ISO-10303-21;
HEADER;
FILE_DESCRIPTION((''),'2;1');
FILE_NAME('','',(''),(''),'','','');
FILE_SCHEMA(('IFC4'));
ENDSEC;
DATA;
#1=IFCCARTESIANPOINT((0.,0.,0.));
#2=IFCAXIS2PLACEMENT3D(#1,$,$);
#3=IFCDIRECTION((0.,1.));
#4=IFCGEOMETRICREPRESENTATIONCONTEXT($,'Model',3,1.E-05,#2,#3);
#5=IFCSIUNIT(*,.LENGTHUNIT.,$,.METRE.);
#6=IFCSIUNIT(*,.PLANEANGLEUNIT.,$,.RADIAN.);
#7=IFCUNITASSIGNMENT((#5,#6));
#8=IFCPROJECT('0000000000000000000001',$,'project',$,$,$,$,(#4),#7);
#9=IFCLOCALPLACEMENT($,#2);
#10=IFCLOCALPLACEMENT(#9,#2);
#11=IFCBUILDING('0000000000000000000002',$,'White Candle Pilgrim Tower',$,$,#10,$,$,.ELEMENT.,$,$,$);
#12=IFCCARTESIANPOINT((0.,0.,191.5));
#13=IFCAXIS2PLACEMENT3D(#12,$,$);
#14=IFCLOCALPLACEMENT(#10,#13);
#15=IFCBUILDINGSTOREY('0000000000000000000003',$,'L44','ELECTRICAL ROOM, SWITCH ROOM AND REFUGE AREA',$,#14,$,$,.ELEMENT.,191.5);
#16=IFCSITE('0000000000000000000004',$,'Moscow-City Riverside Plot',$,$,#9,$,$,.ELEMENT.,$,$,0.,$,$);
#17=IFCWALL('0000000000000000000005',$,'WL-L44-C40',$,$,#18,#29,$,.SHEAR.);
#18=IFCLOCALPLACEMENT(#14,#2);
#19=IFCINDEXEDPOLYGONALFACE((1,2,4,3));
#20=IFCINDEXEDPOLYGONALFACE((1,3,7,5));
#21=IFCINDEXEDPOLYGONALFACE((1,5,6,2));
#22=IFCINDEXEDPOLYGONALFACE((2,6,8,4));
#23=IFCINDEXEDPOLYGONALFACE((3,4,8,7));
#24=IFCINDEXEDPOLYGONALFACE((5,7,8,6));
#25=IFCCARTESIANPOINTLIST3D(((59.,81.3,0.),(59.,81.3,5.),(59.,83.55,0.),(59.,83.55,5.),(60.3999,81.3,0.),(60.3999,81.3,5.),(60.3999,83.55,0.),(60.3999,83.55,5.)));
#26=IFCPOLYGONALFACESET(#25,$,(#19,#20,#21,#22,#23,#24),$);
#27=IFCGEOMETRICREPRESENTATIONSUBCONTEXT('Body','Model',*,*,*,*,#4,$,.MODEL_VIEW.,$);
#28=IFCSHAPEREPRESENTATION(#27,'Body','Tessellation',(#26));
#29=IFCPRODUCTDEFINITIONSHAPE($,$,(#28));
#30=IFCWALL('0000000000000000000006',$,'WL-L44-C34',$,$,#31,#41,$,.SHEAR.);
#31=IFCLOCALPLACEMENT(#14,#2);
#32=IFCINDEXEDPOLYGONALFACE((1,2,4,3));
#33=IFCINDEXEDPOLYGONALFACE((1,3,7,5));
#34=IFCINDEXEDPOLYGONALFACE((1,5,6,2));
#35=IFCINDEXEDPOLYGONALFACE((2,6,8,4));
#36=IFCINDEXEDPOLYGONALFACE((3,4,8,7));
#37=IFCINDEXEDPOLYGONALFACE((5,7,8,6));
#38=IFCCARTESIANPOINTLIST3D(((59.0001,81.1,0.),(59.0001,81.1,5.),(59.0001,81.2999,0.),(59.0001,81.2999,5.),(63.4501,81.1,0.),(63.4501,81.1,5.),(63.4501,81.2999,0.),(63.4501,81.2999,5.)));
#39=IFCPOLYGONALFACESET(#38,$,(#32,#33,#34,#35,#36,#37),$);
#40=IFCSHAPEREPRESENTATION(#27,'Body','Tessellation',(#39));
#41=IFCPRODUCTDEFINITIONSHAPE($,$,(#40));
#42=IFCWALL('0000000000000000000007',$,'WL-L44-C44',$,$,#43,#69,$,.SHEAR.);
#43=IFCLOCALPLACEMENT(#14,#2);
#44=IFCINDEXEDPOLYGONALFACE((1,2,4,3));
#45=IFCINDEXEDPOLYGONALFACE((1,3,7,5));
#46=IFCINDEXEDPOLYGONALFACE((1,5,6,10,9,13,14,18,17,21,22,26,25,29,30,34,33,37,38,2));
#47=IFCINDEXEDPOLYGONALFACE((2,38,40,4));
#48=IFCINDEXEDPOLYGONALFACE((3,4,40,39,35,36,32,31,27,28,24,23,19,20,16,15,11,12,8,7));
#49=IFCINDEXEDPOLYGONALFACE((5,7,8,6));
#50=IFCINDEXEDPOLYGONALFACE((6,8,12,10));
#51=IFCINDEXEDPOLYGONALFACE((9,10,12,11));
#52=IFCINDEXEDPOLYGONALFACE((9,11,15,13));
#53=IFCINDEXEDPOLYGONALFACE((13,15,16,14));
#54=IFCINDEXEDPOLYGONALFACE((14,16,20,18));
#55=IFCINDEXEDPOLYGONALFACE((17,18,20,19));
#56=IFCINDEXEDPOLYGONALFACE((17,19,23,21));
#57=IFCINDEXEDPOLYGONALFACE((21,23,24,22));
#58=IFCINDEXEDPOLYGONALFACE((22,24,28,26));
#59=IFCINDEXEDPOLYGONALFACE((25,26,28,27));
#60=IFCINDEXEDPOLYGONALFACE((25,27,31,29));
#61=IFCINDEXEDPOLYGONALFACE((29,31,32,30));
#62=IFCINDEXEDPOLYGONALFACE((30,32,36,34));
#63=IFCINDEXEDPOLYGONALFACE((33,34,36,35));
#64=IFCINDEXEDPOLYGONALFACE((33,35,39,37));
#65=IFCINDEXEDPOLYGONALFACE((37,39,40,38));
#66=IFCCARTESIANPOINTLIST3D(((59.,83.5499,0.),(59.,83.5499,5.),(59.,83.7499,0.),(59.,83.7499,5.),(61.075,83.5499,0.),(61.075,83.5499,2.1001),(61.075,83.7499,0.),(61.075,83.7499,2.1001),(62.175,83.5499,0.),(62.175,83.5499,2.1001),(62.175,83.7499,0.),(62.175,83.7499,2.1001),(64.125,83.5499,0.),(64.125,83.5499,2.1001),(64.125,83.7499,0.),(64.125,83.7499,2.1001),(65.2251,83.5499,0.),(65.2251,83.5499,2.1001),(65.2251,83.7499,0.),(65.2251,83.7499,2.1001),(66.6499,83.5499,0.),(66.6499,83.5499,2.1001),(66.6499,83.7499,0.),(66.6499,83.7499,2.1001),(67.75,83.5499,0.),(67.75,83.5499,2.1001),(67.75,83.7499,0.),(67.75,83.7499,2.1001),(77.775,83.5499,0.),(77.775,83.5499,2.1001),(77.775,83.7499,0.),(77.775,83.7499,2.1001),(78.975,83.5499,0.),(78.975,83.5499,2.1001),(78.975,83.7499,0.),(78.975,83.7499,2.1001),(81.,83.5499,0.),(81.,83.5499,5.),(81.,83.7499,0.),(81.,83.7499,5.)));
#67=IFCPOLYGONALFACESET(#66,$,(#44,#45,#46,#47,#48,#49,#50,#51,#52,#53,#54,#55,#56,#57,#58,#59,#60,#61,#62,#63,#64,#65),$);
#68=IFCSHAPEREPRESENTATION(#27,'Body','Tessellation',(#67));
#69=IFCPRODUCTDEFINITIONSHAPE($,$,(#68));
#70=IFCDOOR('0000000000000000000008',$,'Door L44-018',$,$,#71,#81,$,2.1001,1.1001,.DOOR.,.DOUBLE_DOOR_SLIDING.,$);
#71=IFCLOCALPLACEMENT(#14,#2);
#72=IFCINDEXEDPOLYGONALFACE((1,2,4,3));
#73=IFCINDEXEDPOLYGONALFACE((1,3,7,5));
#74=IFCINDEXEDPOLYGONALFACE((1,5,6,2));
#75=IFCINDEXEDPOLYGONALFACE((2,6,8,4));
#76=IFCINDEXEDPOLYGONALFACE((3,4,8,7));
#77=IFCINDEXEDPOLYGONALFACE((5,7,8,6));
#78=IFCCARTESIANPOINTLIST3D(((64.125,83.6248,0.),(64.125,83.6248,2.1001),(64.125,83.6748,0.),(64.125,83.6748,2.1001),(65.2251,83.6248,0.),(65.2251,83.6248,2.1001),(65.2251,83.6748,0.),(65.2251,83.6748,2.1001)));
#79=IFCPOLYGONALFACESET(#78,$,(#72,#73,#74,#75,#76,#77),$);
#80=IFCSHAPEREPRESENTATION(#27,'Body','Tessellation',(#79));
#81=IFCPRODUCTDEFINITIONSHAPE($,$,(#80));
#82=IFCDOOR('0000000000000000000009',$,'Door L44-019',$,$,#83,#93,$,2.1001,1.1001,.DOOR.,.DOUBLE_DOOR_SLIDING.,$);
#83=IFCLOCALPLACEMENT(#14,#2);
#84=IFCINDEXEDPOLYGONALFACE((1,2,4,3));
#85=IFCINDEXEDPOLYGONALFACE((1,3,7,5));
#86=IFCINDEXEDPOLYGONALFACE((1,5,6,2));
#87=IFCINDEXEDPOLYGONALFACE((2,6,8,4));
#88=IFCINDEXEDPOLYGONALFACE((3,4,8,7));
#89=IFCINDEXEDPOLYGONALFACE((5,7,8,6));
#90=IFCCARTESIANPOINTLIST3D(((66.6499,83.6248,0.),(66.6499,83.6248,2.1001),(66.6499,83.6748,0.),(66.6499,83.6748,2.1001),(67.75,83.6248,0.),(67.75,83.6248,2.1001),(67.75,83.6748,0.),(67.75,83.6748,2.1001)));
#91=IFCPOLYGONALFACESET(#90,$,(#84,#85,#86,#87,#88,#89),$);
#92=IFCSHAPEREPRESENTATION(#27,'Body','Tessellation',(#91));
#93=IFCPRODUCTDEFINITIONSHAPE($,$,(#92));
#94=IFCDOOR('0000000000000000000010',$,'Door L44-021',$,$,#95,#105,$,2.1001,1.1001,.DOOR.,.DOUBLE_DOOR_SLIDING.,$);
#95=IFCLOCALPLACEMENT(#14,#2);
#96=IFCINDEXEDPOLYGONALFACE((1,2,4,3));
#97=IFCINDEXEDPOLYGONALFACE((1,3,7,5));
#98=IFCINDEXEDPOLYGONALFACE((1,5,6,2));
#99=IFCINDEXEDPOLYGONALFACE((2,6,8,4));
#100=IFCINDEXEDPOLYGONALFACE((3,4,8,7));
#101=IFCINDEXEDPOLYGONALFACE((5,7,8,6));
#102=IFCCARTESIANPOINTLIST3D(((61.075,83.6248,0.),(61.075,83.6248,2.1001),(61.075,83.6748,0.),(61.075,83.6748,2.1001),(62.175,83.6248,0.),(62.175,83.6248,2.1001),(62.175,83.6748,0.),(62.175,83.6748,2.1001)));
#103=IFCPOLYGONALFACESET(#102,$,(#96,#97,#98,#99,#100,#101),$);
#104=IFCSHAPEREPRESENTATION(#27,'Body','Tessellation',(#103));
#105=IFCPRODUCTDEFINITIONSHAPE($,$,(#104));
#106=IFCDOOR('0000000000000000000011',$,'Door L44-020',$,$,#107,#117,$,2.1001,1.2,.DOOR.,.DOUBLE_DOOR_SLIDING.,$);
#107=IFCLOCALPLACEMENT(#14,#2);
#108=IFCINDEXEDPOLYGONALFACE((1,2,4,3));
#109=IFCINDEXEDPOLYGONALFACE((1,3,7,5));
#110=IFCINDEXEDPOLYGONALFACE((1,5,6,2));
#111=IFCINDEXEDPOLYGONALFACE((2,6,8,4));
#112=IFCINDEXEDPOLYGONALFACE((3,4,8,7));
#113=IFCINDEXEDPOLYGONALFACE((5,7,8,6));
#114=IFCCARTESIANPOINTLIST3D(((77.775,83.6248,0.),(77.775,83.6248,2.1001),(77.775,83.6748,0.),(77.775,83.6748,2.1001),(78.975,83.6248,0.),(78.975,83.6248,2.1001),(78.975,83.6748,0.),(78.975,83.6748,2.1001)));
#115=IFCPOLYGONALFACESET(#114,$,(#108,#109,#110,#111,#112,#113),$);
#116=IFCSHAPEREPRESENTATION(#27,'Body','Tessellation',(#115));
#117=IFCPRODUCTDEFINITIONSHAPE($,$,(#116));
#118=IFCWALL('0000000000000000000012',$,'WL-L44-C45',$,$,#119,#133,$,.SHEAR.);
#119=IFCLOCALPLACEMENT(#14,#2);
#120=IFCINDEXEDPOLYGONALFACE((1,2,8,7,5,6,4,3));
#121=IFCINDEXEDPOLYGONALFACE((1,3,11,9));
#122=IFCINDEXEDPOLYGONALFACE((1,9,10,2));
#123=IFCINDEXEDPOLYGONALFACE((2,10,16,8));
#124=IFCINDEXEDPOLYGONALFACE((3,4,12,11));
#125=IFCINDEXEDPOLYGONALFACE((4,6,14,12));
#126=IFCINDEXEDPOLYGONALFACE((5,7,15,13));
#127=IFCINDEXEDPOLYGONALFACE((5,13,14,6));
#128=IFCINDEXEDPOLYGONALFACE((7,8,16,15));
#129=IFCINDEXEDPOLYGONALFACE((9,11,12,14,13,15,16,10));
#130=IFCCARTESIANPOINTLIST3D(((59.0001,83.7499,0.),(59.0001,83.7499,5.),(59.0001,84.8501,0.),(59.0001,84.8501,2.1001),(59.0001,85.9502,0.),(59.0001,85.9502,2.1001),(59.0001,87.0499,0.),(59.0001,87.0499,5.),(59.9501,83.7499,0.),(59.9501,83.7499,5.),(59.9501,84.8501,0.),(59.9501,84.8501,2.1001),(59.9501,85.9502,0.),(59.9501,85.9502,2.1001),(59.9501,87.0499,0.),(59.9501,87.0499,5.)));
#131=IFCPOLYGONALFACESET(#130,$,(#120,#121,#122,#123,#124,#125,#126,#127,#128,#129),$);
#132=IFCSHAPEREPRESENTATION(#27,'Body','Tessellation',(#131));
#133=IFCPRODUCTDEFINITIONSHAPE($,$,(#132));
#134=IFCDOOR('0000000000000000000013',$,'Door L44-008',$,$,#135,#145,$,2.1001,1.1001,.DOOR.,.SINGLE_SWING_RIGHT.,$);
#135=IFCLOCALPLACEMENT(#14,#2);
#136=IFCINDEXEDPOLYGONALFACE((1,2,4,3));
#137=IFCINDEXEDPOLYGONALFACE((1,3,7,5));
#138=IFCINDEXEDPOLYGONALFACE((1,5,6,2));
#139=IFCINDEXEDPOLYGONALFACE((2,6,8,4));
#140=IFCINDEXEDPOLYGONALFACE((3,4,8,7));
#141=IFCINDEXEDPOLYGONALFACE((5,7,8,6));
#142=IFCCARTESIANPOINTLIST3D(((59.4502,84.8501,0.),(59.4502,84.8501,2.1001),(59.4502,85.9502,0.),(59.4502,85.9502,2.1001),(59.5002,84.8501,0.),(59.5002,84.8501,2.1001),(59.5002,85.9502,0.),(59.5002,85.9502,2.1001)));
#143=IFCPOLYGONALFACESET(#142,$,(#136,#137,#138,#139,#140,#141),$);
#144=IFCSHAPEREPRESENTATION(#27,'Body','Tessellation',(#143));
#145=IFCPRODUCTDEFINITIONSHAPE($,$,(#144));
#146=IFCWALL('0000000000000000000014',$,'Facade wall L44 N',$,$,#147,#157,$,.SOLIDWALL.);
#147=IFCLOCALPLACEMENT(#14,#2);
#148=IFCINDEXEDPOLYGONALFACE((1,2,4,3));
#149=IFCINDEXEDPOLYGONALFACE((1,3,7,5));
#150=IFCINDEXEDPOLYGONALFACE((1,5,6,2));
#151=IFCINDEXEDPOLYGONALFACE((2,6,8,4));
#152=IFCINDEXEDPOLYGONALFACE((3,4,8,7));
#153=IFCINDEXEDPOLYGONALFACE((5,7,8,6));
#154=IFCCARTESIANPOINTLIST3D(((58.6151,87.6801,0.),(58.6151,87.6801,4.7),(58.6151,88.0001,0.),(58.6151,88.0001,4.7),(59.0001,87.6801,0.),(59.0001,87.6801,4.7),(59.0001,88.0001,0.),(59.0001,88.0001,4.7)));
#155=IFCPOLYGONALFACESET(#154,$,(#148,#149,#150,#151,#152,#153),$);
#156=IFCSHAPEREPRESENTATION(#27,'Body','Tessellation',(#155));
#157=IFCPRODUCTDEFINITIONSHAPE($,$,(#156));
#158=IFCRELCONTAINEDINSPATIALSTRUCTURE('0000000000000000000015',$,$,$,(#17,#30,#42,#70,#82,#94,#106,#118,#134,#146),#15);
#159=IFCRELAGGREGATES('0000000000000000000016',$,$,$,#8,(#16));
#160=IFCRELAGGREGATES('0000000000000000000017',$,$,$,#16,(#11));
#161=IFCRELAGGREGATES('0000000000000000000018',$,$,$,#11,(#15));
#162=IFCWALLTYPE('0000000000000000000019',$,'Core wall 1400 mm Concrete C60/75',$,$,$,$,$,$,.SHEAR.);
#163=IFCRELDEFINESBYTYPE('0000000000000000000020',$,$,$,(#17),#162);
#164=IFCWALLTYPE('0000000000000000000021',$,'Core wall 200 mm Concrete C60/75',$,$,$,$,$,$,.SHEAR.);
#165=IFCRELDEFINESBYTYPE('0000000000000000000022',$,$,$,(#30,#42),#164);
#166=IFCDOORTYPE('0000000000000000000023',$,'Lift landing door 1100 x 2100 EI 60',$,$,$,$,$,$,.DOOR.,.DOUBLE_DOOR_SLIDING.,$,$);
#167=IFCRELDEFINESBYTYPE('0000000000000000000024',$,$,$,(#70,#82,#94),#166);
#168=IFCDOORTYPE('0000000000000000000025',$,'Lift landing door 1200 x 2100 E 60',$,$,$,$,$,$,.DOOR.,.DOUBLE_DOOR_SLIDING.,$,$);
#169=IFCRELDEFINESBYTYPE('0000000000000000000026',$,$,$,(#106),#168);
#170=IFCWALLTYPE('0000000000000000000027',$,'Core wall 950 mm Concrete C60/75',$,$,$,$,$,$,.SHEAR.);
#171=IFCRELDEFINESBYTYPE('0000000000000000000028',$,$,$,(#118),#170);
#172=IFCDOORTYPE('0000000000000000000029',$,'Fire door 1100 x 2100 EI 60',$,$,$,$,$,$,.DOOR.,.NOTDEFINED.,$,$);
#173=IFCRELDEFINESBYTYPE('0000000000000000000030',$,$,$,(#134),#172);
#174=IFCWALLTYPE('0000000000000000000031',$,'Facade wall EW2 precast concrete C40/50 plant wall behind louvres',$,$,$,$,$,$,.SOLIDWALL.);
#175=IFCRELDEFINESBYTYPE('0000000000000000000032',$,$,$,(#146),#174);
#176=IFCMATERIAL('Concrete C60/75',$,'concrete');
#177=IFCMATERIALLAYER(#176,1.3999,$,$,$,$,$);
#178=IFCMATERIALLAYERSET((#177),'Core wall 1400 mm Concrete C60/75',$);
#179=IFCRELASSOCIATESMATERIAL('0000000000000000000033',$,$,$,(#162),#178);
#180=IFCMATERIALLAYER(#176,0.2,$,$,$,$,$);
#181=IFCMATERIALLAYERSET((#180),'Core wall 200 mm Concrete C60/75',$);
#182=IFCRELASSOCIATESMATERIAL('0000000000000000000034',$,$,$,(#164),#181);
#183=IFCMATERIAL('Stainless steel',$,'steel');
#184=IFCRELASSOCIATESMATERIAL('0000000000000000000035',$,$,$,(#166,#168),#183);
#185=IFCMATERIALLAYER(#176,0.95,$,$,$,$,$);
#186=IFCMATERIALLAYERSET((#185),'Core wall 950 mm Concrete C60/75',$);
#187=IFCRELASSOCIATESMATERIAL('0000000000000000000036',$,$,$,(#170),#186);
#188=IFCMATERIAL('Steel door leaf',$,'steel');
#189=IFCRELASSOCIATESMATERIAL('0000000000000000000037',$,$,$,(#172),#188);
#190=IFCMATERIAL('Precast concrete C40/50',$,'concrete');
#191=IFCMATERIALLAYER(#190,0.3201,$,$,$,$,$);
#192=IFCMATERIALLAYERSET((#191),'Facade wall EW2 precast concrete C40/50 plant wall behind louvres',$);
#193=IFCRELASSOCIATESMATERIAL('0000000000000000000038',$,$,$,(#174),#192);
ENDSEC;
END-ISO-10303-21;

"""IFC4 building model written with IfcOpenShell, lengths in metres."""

from ifc_helpers import new_model, si_unit, direction, frame, frame_2d, origin, place, context, subcontext, project, spatial, rectangle, extrude, material, layer, layer_set, type_object, element, fill, save


model = new_model("IFC4")

# Units and contexts
model_context = context("Model", 3, precision=1e-05, world=origin(), true_north=direction((0.0, 1.0)))
body_context = subcontext(model_context, "Body", "Model", "MODEL_VIEW")
ifc_project = project(units=[si_unit("LENGTHUNIT", "METRE"), si_unit("PLANEANGLEUNIT", "RADIAN")], contexts=[model_context])

# Site, building, storey
site_placement = place(None, origin())
site = spatial("IfcSite", under=ifc_project, at=site_placement, Name="Moscow-City Riverside Plot", CompositionType="ELEMENT", RefElevation=0.0)
building_placement = place(site_placement, origin())
building = spatial("IfcBuilding", under=site, at=building_placement, Name="White Candle Pilgrim Tower", CompositionType="ELEMENT")
storey_placement = place(building_placement, frame((0.0, 0.0, 191.5)))
storey = spatial("IfcBuildingStorey", under=building, at=storey_placement, Name="L44", Description="ELECTRICAL ROOM, SWITCH ROOM AND REFUGE AREA", CompositionType="ELEMENT", Elevation=191.5)

# Walls
ifc_material_1 = material(Name="Concrete C60/75", Category="concrete")
ifc_layer_1 = layer(ifc_material_1, 1.3999)
ifc_layer_set_1 = layer_set([ifc_layer_1], Name="Core wall 1400 mm Concrete C60/75")
wall_type_1 = type_object("IfcWallType", Name="Core wall 1400 mm Concrete C60/75", PredefinedType="SHEAR", material=ifc_layer_set_1)
wall_1_placement = place(storey_placement, frame((59.7, 81.3, 0.0), z_axis=(0.0, 0.0, 1.0), x_axis=(0.0, 1.0, 0.0)))
element("IfcWall", 1, at=wall_1_placement, inside=storey, type_object=wall_type_1, Name="WL-L44-C40", PredefinedType="SHEAR", context=body_context, shape_type="SweptSolid", body=[
    extrude(rectangle(XDim=2.25, YDim=1.3999, at=frame_2d((1.125, 0.0))), origin(), (0.0, 0.0, 1.0), 5.0),
])
ifc_layer_2 = layer(ifc_material_1, 0.2)
ifc_layer_set_2 = layer_set([ifc_layer_2], Name="Core wall 200 mm Concrete C60/75")
wall_type_2 = type_object("IfcWallType", Name="Core wall 200 mm Concrete C60/75", PredefinedType="SHEAR", material=ifc_layer_set_2)
wall_2_placement = place(storey_placement, frame((59.0, 81.2, 0.0), z_axis=(0.0, 0.0, 1.0), x_axis=(1.0, 0.0, 0.0)))
element("IfcWall", 2, at=wall_2_placement, inside=storey, type_object=wall_type_2, Name="WL-L44-C34", PredefinedType="SHEAR", context=body_context, shape_type="SweptSolid", body=[
    extrude(rectangle(XDim=4.45, YDim=0.2, at=frame_2d((2.2251, 0.0))), origin(), (0.0, 0.0, 1.0), 5.0),
])

# Wall, openings, doors
wall_3_placement = place(storey_placement, frame((59.0, 83.6499, 0.0), z_axis=(0.0, 0.0, 1.0), x_axis=(1.0, 0.0, 0.0)))
wall_3 = element("IfcWall", 3, at=wall_3_placement, inside=storey, type_object=wall_type_2, Name="WL-L44-C44", PredefinedType="SHEAR", context=body_context, shape_type="SweptSolid", body=[
    extrude(rectangle(XDim=22.0, YDim=0.2, at=frame_2d((11.0, 0.0))), origin(), (0.0, 0.0, 1.0), 5.0),
])
opening_1_placement = place(wall_3_placement, frame((5.125, 0.0, 0.0)))
opening_1 = element("IfcOpeningElement", 4, at=opening_1_placement, cuts=wall_3, PredefinedType="OPENING", context=body_context, shape_type="SweptSolid", body=[
    extrude(rectangle(XDim=1.1001, YDim=2.1001, at=frame_2d((0.55, 1.05))), frame((0.0, 0.1099, 0.0), z_axis=(0.0, -1.0, 0.0), x_axis=(1.0, 0.0, 0.0)), (0.0, 0.0, 1.0), 0.22),
])
opening_2_placement = place(wall_3_placement, frame((7.6499, 0.0, 0.0)))
opening_2 = element("IfcOpeningElement", 5, at=opening_2_placement, cuts=wall_3, PredefinedType="OPENING", context=body_context, shape_type="SweptSolid", body=[
    extrude(rectangle(XDim=1.1001, YDim=2.1001, at=frame_2d((0.55, 1.05))), frame((0.0, 0.1099, 0.0), z_axis=(0.0, -1.0, 0.0), x_axis=(1.0, 0.0, 0.0)), (0.0, 0.0, 1.0), 0.22),
])
opening_3_placement = place(wall_3_placement, frame((18.7749, 0.0, 0.0)))
opening_3 = element("IfcOpeningElement", 6, at=opening_3_placement, cuts=wall_3, PredefinedType="OPENING", context=body_context, shape_type="SweptSolid", body=[
    extrude(rectangle(XDim=1.2, YDim=2.1001, at=frame_2d((0.6001, 1.05))), frame((0.0, 0.1099, 0.0), z_axis=(0.0, -1.0, 0.0), x_axis=(1.0, 0.0, 0.0)), (0.0, 0.0, 1.0), 0.22),
])
opening_4_placement = place(wall_3_placement, frame((2.075, 0.0, 0.0)))
opening_4 = element("IfcOpeningElement", 7, at=opening_4_placement, cuts=wall_3, PredefinedType="OPENING", context=body_context, shape_type="SweptSolid", body=[
    extrude(rectangle(XDim=1.1001, YDim=2.1001, at=frame_2d((0.55, 1.05))), frame((0.0, 0.1099, 0.0), z_axis=(0.0, -1.0, 0.0), x_axis=(1.0, 0.0, 0.0)), (0.0, 0.0, 1.0), 0.22),
])
ifc_material_2 = material(Name="Stainless steel", Category="steel")
door_type_1 = type_object("IfcDoorType", Name="Lift landing door 1100 x 2100 EI 60", OperationType="DOUBLE_DOOR_SLIDING", PredefinedType="DOOR", material=ifc_material_2)
door_1_placement = place(opening_1_placement, origin())
door_1 = element("IfcDoor", 8, at=door_1_placement, inside=storey, type_object=door_type_1, Name="Door L44-018", OperationType="DOUBLE_DOOR_SLIDING", OverallHeight=2.1001, OverallWidth=1.1001, PredefinedType="DOOR", context=body_context, shape_type="SweptSolid", body=[
    extrude(rectangle(XDim=1.1001, YDim=2.1001, at=frame_2d((0.55, 1.05))), frame((0.0, 0.0249, 0.0), z_axis=(0.0, -1.0, 0.0), x_axis=(1.0, 0.0, 0.0)), (0.0, 0.0, 1.0), 0.05),
])
fill(opening_1, door_1)
door_2_placement = place(opening_2_placement, origin())
door_2 = element("IfcDoor", 9, at=door_2_placement, inside=storey, type_object=door_type_1, Name="Door L44-019", OperationType="DOUBLE_DOOR_SLIDING", OverallHeight=2.1001, OverallWidth=1.1001, PredefinedType="DOOR", context=body_context, shape_type="SweptSolid", body=[
    extrude(rectangle(XDim=1.1001, YDim=2.1001, at=frame_2d((0.55, 1.05))), frame((0.0, 0.0249, 0.0), z_axis=(0.0, -1.0, 0.0), x_axis=(1.0, 0.0, 0.0)), (0.0, 0.0, 1.0), 0.05),
])
fill(opening_2, door_2)
door_3_placement = place(opening_4_placement, origin())
door_3 = element("IfcDoor", 10, at=door_3_placement, inside=storey, type_object=door_type_1, Name="Door L44-021", OperationType="DOUBLE_DOOR_SLIDING", OverallHeight=2.1001, OverallWidth=1.1001, PredefinedType="DOOR", context=body_context, shape_type="SweptSolid", body=[
    extrude(rectangle(XDim=1.1001, YDim=2.1001, at=frame_2d((0.55, 1.05))), frame((0.0, 0.0249, 0.0), z_axis=(0.0, -1.0, 0.0), x_axis=(1.0, 0.0, 0.0)), (0.0, 0.0, 1.0), 0.05),
])
fill(opening_4, door_3)
door_type_2 = type_object("IfcDoorType", Name="Lift landing door 1200 x 2100 E 60", OperationType="DOUBLE_DOOR_SLIDING", PredefinedType="DOOR", material=ifc_material_2)
door_4_placement = place(opening_3_placement, origin())
door_4 = element("IfcDoor", 11, at=door_4_placement, inside=storey, type_object=door_type_2, Name="Door L44-020", OperationType="DOUBLE_DOOR_SLIDING", OverallHeight=2.1001, OverallWidth=1.2, PredefinedType="DOOR", context=body_context, shape_type="SweptSolid", body=[
    extrude(rectangle(XDim=1.2, YDim=2.1001, at=frame_2d((0.6001, 1.05))), frame((0.0, 0.0249, 0.0), z_axis=(0.0, -1.0, 0.0), x_axis=(1.0, 0.0, 0.0)), (0.0, 0.0, 1.0), 0.05),
])
fill(opening_3, door_4)

# Wall, opening, door
ifc_layer_3 = layer(ifc_material_1, 0.95)
ifc_layer_set_3 = layer_set([ifc_layer_3], Name="Core wall 950 mm Concrete C60/75")
wall_type_3 = type_object("IfcWallType", Name="Core wall 950 mm Concrete C60/75", PredefinedType="SHEAR", material=ifc_layer_set_3)
wall_4_placement = place(storey_placement, frame((59.4751, 83.75, 0.0), z_axis=(0.0, 0.0, 1.0), x_axis=(0.0, 1.0, 0.0)))
wall_4 = element("IfcWall", 12, at=wall_4_placement, inside=storey, type_object=wall_type_3, Name="WL-L44-C45", PredefinedType="SHEAR", context=body_context, shape_type="SweptSolid", body=[
    extrude(rectangle(XDim=3.3, YDim=0.95, at=frame_2d((1.6499, 0.0))), origin(), (0.0, 0.0, 1.0), 5.0),
])
opening_5_placement = place(wall_4_placement, frame((1.1001, 0.0, 0.0)))
opening_5 = element("IfcOpeningElement", 13, at=opening_5_placement, cuts=wall_4, PredefinedType="OPENING", context=body_context, shape_type="SweptSolid", body=[
    extrude(rectangle(XDim=1.1001, YDim=2.1001, at=frame_2d((0.55, 1.05))), frame((0.0, 0.4849, 0.0), z_axis=(0.0, -1.0, 0.0), x_axis=(1.0, 0.0, 0.0)), (0.0, 0.0, 1.0), 0.97),
])
ifc_material_3 = material(Name="Steel door leaf", Category="steel")
door_type_3 = type_object("IfcDoorType", Name="Fire door 1100 x 2100 EI 60", OperationType="NOTDEFINED", PredefinedType="DOOR", material=ifc_material_3)
door_5_placement = place(opening_5_placement, origin())
door_5 = element("IfcDoor", 14, at=door_5_placement, inside=storey, type_object=door_type_3, Name="Door L44-008", OperationType="SINGLE_SWING_RIGHT", OverallHeight=2.1001, OverallWidth=1.1001, PredefinedType="DOOR", context=body_context, shape_type="SweptSolid", body=[
    extrude(rectangle(XDim=1.1001, YDim=2.1001, at=frame_2d((0.55, 1.05))), frame((0.0, 0.0249, 0.0), z_axis=(0.0, -1.0, 0.0), x_axis=(1.0, 0.0, 0.0)), (0.0, 0.0, 1.0), 0.05),
])
fill(opening_5, door_5)

# Wall
ifc_material_4 = material(Name="Precast concrete C40/50", Category="concrete")
ifc_layer_4 = layer(ifc_material_4, 0.3201)
ifc_layer_set_4 = layer_set([ifc_layer_4], Name="Facade wall EW2 precast concrete C40/50 plant wall behind louvres")
wall_type_4 = type_object("IfcWallType", Name="Facade wall EW2 precast concrete C40/50 plant wall behind louvres", PredefinedType="SOLIDWALL", material=ifc_layer_set_4)
wall_5_placement = place(storey_placement, frame((59.0, 87.8401, 0.0), z_axis=(0.0, 0.0, 1.0), x_axis=(-1.0, 0.0, 0.0)))
element("IfcWall", 15, at=wall_5_placement, inside=storey, type_object=wall_type_4, Name="Facade wall L44 N", PredefinedType="SOLIDWALL", context=body_context, shape_type="SweptSolid", body=[
    extrude(rectangle(XDim=0.385, YDim=0.3201, at=frame_2d((0.1924, 0.0))), origin(), (0.0, 0.0, 1.0), 4.7),
])

save(model, "model.ifc")
